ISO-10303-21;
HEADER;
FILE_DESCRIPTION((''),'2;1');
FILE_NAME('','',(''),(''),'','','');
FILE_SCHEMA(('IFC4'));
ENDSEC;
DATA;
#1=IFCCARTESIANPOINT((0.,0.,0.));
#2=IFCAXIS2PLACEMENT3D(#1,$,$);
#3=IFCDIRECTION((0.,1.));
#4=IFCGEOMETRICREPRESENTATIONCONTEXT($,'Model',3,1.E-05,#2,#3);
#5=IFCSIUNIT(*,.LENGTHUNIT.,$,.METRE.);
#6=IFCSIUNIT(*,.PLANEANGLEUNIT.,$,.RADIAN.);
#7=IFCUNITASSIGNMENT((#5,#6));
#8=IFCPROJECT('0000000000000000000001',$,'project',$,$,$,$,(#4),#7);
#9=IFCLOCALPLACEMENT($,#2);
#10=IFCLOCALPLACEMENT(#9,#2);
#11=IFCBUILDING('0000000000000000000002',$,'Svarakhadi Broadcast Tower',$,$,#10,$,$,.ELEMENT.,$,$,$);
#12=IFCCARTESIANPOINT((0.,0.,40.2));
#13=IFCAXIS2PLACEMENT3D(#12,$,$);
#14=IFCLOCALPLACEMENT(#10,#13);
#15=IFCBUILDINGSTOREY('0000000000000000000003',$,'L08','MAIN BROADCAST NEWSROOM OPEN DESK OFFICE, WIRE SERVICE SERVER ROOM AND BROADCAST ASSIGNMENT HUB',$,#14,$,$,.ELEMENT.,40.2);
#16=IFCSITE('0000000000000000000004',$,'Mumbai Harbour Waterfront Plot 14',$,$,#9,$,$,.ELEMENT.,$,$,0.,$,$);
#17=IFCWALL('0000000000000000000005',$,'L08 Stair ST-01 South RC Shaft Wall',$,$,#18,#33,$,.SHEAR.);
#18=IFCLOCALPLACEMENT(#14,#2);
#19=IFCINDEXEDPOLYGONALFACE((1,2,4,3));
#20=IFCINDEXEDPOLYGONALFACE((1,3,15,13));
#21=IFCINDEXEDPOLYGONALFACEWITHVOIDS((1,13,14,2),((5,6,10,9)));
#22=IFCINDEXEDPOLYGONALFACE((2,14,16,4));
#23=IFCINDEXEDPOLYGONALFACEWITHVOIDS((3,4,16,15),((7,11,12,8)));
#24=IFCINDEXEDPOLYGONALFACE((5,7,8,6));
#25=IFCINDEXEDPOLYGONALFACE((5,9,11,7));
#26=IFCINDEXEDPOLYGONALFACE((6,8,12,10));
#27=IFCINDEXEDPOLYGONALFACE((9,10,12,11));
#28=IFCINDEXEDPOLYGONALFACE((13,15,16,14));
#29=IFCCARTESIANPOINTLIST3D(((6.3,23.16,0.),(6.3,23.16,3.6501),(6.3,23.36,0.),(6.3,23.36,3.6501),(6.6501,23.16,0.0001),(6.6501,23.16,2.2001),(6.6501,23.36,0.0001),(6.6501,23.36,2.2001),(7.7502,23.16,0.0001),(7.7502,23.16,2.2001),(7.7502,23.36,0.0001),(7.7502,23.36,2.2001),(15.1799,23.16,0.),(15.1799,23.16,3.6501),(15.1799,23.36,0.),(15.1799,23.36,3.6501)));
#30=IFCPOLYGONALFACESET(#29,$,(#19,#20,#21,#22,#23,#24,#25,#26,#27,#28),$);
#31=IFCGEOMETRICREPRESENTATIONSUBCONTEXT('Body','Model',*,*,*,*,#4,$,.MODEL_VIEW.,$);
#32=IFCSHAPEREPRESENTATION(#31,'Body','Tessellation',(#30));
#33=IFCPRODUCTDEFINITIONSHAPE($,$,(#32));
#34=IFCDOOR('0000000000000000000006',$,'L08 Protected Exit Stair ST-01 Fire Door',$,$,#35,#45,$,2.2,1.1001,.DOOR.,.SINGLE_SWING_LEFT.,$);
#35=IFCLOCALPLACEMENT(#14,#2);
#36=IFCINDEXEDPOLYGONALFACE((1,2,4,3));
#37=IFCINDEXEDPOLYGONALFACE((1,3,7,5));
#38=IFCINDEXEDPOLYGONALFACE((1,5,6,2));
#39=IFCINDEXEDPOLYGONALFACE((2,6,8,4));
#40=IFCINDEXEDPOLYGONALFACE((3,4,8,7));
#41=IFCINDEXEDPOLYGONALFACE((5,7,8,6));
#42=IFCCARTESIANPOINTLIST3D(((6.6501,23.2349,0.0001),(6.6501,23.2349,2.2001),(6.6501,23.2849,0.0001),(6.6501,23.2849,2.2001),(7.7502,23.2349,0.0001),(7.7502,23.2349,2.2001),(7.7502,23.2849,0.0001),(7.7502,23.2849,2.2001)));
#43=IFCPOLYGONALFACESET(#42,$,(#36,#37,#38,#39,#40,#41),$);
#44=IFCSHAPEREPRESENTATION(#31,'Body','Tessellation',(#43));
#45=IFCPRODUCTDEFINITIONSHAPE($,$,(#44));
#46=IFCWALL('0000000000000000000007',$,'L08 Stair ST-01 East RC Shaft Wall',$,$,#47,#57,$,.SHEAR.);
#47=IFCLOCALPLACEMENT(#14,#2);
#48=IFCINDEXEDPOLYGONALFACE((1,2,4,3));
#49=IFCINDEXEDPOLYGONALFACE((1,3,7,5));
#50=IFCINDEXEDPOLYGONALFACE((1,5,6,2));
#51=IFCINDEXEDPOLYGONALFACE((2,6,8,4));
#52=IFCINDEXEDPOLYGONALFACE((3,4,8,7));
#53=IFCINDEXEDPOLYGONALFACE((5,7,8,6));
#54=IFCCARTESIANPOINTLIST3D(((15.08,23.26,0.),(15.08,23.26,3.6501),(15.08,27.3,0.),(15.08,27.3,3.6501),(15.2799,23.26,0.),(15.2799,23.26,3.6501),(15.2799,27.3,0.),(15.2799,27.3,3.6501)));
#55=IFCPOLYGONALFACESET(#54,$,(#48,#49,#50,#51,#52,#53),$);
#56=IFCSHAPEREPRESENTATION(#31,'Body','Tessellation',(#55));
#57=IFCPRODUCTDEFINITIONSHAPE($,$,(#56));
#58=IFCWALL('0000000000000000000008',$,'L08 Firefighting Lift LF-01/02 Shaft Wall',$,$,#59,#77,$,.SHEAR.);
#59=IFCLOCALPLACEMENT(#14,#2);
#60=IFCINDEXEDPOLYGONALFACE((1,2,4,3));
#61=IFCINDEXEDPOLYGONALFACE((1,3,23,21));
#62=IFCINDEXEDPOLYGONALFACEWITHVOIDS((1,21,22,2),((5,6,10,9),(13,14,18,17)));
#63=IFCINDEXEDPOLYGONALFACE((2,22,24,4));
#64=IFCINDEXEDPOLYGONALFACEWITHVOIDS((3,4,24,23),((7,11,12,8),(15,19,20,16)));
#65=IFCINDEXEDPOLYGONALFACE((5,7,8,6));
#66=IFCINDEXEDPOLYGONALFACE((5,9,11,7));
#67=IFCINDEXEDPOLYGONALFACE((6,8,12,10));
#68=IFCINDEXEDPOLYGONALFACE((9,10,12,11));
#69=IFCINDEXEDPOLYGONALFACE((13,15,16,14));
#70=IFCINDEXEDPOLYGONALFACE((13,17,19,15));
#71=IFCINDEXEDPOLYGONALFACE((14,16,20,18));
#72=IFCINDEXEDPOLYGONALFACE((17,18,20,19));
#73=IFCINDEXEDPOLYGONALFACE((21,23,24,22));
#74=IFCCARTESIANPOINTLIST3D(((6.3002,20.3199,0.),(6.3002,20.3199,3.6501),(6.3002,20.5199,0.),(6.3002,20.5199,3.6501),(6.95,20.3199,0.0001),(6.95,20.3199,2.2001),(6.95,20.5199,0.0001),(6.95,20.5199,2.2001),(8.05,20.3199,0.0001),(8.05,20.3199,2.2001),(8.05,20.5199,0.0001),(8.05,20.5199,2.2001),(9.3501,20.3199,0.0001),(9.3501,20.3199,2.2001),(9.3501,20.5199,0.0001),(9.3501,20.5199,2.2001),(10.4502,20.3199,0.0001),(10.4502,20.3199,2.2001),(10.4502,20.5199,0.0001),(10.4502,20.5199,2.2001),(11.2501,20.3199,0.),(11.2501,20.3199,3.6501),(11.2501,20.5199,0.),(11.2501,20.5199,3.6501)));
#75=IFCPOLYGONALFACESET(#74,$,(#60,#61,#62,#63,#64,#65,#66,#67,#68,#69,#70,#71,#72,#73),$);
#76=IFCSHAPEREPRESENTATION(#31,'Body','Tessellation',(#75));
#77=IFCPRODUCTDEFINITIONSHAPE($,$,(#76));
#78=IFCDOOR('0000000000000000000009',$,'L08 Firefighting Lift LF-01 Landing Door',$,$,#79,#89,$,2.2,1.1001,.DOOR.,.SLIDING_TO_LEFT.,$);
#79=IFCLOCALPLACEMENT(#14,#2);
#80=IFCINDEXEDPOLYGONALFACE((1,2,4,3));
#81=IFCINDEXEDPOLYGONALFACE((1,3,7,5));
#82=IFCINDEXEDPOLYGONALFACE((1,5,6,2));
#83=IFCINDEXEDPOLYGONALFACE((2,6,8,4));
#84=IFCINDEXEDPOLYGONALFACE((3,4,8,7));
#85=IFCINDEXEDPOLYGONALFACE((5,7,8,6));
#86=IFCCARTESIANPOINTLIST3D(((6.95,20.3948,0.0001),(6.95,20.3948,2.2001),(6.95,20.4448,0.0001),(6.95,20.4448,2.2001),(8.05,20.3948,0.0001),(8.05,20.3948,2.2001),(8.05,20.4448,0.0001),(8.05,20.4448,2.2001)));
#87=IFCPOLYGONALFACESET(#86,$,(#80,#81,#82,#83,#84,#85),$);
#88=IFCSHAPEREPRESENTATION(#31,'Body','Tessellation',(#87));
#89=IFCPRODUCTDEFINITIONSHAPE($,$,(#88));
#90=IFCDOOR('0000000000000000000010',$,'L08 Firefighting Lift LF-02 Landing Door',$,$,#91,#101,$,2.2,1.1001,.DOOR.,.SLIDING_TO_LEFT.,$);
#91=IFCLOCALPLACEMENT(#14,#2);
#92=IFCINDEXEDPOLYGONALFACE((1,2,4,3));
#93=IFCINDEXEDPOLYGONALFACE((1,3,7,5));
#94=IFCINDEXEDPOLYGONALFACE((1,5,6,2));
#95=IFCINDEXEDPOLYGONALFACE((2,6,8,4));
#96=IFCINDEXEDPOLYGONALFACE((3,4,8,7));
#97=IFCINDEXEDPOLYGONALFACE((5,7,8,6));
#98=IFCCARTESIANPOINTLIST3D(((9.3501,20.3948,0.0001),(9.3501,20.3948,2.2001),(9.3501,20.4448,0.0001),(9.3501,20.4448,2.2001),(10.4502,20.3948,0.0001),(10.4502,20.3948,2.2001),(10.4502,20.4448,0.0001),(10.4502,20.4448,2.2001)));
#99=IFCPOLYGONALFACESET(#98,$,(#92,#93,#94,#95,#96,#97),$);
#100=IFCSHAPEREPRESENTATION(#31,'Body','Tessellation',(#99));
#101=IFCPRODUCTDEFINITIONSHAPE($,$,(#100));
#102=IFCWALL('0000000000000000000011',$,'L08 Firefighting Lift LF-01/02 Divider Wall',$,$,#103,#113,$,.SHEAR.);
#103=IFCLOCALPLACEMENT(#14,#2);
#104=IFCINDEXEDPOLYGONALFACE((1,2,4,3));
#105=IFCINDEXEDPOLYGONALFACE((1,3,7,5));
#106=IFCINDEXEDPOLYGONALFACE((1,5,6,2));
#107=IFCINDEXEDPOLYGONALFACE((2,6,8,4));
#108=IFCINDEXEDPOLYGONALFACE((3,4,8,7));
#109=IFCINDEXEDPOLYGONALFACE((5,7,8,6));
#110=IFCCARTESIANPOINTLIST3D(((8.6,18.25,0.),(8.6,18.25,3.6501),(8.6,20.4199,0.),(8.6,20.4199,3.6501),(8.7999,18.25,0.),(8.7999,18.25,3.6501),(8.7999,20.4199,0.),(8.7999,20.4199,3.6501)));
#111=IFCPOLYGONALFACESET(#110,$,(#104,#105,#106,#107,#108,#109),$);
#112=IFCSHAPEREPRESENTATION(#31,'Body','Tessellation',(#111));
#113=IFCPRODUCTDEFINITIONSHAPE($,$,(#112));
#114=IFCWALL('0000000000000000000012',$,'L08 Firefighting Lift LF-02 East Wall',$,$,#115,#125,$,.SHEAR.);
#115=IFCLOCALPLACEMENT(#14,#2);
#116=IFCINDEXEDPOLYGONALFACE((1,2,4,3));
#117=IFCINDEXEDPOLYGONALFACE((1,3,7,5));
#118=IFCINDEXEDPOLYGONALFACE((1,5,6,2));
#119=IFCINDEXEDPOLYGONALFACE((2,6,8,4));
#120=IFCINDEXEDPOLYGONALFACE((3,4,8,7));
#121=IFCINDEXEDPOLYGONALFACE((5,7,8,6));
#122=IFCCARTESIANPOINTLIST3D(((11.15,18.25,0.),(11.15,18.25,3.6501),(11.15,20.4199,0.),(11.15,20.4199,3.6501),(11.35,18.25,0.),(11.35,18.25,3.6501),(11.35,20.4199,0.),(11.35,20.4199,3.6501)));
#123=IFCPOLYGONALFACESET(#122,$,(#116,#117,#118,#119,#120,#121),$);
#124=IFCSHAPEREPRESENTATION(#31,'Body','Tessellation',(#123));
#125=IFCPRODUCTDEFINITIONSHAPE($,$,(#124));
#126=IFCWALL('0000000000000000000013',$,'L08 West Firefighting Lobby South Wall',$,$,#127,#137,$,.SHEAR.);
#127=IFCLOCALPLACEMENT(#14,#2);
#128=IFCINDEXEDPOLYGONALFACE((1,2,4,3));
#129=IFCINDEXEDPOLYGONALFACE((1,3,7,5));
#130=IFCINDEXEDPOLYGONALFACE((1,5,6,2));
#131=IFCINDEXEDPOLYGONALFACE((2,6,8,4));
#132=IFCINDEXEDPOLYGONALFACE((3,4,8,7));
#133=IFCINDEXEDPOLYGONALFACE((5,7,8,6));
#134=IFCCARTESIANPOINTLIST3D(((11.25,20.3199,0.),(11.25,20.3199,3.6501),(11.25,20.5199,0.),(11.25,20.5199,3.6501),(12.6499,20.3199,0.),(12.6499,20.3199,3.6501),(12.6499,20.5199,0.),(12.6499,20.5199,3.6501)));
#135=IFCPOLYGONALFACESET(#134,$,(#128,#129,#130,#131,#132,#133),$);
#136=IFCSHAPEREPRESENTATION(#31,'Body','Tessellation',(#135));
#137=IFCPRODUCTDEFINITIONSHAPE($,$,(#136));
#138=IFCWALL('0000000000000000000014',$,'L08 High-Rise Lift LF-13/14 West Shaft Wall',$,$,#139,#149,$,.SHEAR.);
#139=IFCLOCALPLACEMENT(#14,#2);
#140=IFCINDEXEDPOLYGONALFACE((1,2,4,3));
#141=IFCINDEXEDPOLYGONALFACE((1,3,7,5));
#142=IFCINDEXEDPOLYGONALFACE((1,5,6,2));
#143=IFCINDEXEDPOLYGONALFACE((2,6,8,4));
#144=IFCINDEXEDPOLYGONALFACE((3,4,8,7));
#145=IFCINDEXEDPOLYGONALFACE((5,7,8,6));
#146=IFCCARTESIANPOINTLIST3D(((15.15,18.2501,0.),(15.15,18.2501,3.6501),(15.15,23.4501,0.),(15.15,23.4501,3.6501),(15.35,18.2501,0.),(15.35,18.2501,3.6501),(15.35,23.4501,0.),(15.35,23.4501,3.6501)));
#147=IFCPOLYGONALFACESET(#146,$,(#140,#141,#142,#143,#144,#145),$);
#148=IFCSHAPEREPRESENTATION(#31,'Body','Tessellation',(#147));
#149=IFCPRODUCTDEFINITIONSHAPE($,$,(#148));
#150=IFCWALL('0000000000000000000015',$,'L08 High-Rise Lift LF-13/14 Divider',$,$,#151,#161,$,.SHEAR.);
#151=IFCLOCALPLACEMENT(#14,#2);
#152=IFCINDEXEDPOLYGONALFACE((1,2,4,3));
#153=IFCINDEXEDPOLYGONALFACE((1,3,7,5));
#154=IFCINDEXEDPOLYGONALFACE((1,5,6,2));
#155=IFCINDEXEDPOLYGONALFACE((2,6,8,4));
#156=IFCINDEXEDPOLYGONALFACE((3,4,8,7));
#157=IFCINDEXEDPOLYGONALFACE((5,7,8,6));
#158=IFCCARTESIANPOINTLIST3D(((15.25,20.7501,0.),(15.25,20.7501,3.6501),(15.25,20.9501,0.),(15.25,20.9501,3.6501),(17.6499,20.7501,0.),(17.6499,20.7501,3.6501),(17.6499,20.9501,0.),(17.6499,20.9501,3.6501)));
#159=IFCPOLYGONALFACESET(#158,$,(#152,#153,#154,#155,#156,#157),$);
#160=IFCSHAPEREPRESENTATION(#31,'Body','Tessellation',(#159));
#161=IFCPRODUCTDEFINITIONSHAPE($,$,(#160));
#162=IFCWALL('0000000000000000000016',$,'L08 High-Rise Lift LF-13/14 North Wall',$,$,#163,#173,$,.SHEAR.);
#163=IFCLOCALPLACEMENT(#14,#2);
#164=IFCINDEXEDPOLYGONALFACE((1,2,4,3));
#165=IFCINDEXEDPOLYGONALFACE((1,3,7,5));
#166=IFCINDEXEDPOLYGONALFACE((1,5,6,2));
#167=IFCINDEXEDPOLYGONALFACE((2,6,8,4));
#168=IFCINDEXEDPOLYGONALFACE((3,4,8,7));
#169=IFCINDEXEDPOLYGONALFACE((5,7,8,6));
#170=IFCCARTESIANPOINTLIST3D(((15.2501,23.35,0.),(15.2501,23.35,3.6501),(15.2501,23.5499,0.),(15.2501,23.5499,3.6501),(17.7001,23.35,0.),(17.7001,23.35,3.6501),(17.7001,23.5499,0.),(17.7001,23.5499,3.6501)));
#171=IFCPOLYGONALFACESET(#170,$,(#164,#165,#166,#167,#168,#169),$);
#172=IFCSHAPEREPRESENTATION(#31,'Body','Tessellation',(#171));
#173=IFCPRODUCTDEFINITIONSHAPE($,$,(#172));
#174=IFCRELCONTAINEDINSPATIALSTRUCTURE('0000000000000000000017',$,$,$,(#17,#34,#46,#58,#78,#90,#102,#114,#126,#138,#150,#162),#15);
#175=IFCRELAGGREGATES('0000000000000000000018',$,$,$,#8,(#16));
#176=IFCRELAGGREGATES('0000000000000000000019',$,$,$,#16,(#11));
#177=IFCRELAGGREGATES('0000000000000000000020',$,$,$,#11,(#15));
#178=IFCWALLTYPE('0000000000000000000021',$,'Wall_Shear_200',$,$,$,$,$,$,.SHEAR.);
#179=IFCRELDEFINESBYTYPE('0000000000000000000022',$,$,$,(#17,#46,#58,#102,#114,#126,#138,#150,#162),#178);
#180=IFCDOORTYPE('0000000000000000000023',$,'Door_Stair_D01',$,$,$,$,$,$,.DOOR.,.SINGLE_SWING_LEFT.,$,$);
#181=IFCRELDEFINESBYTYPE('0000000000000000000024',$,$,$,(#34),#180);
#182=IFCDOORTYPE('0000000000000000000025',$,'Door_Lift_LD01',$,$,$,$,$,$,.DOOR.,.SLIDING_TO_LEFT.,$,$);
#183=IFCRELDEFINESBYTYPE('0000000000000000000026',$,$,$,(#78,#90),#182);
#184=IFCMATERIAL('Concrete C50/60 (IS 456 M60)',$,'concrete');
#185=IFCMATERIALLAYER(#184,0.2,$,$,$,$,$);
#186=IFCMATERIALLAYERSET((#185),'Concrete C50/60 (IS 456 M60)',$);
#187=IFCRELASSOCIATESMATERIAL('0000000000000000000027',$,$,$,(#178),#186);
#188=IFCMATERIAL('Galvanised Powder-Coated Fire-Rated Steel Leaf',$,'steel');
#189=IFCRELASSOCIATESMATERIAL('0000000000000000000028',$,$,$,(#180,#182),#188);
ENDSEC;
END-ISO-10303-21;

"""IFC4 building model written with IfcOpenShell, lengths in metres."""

from ifc_helpers import new_model, si_unit, direction, frame, frame_2d, origin, place, context, subcontext, project, spatial, rectangle, extrude, material, layer, layer_set, type_object, element, fill, save


model = new_model("IFC4")

# Units and contexts
model_context = context("Model", 3, precision=1e-05, world=origin(), true_north=direction((0.0, 1.0)))
body_context = subcontext(model_context, "Body", "Model", "MODEL_VIEW")
ifc_project = project(units=[si_unit("LENGTHUNIT", "METRE"), si_unit("PLANEANGLEUNIT", "RADIAN")], contexts=[model_context])

# Site, building, storey
site_placement = place(None, origin())
site = spatial("IfcSite", under=ifc_project, at=site_placement, Name="Mumbai Harbour Waterfront Plot 14", CompositionType="ELEMENT", RefElevation=0.0)
building_placement = place(site_placement, origin())
building = spatial("IfcBuilding", under=site, at=building_placement, Name="Svarakhadi Broadcast Tower", CompositionType="ELEMENT")
storey_placement = place(building_placement, frame((0.0, 0.0, 40.2)))
storey = spatial("IfcBuildingStorey", under=building, at=storey_placement, Name="L08", Description="MAIN BROADCAST NEWSROOM OPEN DESK OFFICE, WIRE SERVICE SERVER ROOM AND BROADCAST ASSIGNMENT HUB", CompositionType="ELEMENT", Elevation=40.2)

# Shared definitions
ifc_material_1 = material(Name="Concrete C50/60 (IS 456 M60)", Category="concrete")

# Wall, opening, door
ifc_layer = layer(ifc_material_1, 0.2)
ifc_layer_set = layer_set([ifc_layer], Name="Concrete C50/60 (IS 456 M60)")
wall_type = type_object("IfcWallType", Name="Wall_Shear_200", PredefinedType="SHEAR", material=ifc_layer_set)
wall_1_placement = place(storey_placement, frame((6.3, 23.26, 0.0), z_axis=(0.0, 0.0, 1.0), x_axis=(1.0, 0.0, 0.0)))
wall_1 = element("IfcWall", 1, at=wall_1_placement, inside=storey, type_object=wall_type, Name="L08 Stair ST-01 South RC Shaft Wall", PredefinedType="SHEAR", context=body_context, shape_type="SweptSolid", body=[
    extrude(rectangle(XDim=8.8799, YDim=0.2, at=frame_2d((4.4399, 0.0))), origin(), (0.0, 0.0, 1.0), 3.6501),
])
opening_1_placement = place(wall_1_placement, frame((0.3501, 0.0, 0.0)))
opening_1 = element("IfcOpeningElement", 2, at=opening_1_placement, cuts=wall_1, PredefinedType="OPENING", context=body_context, shape_type="SweptSolid", body=[
    extrude(rectangle(XDim=1.1001, YDim=2.2, at=frame_2d((0.55, 1.1001))), frame((0.0, 0.1099, 0.0), z_axis=(0.0, -1.0, 0.0), x_axis=(1.0, 0.0, 0.0)), (0.0, 0.0, 1.0), 0.22),
])
ifc_material_2 = material(Name="Galvanised Powder-Coated Fire-Rated Steel Leaf", Category="steel")
door_type_1 = type_object("IfcDoorType", Name="Door_Stair_D01", OperationType="SINGLE_SWING_LEFT", PredefinedType="DOOR", material=ifc_material_2)
door_1_placement = place(opening_1_placement, origin())
door_1 = element("IfcDoor", 3, at=door_1_placement, inside=storey, type_object=door_type_1, Name="L08 Protected Exit Stair ST-01 Fire Door", OperationType="SINGLE_SWING_LEFT", OverallHeight=2.2, OverallWidth=1.1001, PredefinedType="DOOR", context=body_context, shape_type="SweptSolid", body=[
    extrude(rectangle(XDim=1.1001, YDim=2.2, at=frame_2d((0.55, 1.1001))), frame((0.0, 0.0249, 0.0), z_axis=(0.0, -1.0, 0.0), x_axis=(1.0, 0.0, 0.0)), (0.0, 0.0, 1.0), 0.05),
])
fill(opening_1, door_1)

# Wall
wall_2_placement = place(storey_placement, frame((15.1799, 23.26, 0.0), z_axis=(0.0, 0.0, 1.0), x_axis=(0.0, 1.0, 0.0)))
element("IfcWall", 4, at=wall_2_placement, inside=storey, type_object=wall_type, Name="L08 Stair ST-01 East RC Shaft Wall", PredefinedType="SHEAR", context=body_context, shape_type="SweptSolid", body=[
    extrude(rectangle(XDim=4.04, YDim=0.2, at=frame_2d((2.02, 0.0))), origin(), (0.0, 0.0, 1.0), 3.6501),
])

# Wall, openings, doors
wall_3_placement = place(storey_placement, frame((6.3, 20.4199, 0.0), z_axis=(0.0, 0.0, 1.0), x_axis=(1.0, 0.0, 0.0)))
wall_3 = element("IfcWall", 5, at=wall_3_placement, inside=storey, type_object=wall_type, Name="L08 Firefighting Lift LF-01/02 Shaft Wall", PredefinedType="SHEAR", context=body_context, shape_type="SweptSolid", body=[
    extrude(rectangle(XDim=4.95, YDim=0.2, at=frame_2d((2.4751, 0.0))), origin(), (0.0, 0.0, 1.0), 3.6501),
])
opening_2_placement = place(wall_3_placement, frame((0.6499, 0.0, 0.0)))
opening_2 = element("IfcOpeningElement", 6, at=opening_2_placement, cuts=wall_3, PredefinedType="OPENING", context=body_context, shape_type="SweptSolid", body=[
    extrude(rectangle(XDim=1.1001, YDim=2.2, at=frame_2d((0.55, 1.1001))), frame((0.0, 0.1099, 0.0), z_axis=(0.0, -1.0, 0.0), x_axis=(1.0, 0.0, 0.0)), (0.0, 0.0, 1.0), 0.22),
])
opening_3_placement = place(wall_3_placement, frame((3.05, 0.0, 0.0)))
opening_3 = element("IfcOpeningElement", 7, at=opening_3_placement, cuts=wall_3, PredefinedType="OPENING", context=body_context, shape_type="SweptSolid", body=[
    extrude(rectangle(XDim=1.1001, YDim=2.2, at=frame_2d((0.55, 1.1001))), frame((0.0, 0.1099, 0.0), z_axis=(0.0, -1.0, 0.0), x_axis=(1.0, 0.0, 0.0)), (0.0, 0.0, 1.0), 0.22),
])
door_type_2 = type_object("IfcDoorType", Name="Door_Lift_LD01", OperationType="SLIDING_TO_LEFT", PredefinedType="DOOR", material=ifc_material_2)
door_2_placement = place(opening_2_placement, origin())
door_2 = element("IfcDoor", 8, at=door_2_placement, inside=storey, type_object=door_type_2, Name="L08 Firefighting Lift LF-01 Landing Door", OperationType="SLIDING_TO_LEFT", OverallHeight=2.2, OverallWidth=1.1001, PredefinedType="DOOR", context=body_context, shape_type="SweptSolid", body=[
    extrude(rectangle(XDim=1.1001, YDim=2.2, at=frame_2d((0.55, 1.1001))), frame((0.0, 0.0249, 0.0), z_axis=(0.0, -1.0, 0.0), x_axis=(1.0, 0.0, 0.0)), (0.0, 0.0, 1.0), 0.05),
])
fill(opening_2, door_2)
door_3_placement = place(opening_3_placement, origin())
door_3 = element("IfcDoor", 9, at=door_3_placement, inside=storey, type_object=door_type_2, Name="L08 Firefighting Lift LF-02 Landing Door", OperationType="SLIDING_TO_LEFT", OverallHeight=2.2, OverallWidth=1.1001, PredefinedType="DOOR", context=body_context, shape_type="SweptSolid", body=[
    extrude(rectangle(XDim=1.1001, YDim=2.2, at=frame_2d((0.55, 1.1001))), frame((0.0, 0.0249, 0.0), z_axis=(0.0, -1.0, 0.0), x_axis=(1.0, 0.0, 0.0)), (0.0, 0.0, 1.0), 0.05),
])
fill(opening_3, door_3)

# Walls
for number, where, z_axis, x_axis, name in (
    (10, (8.7, 18.25, 0.0), (0.0, 0.0, 1.0), (0.0, 1.0, 0.0), "L08 Firefighting Lift LF-01/02 Divider Wall"),
    (11, (11.25, 18.25, 0.0), (0.0, 0.0, 1.0), (0.0, 1.0, 0.0), "L08 Firefighting Lift LF-02 East Wall"),
):
    element("IfcWall", number, at=place(storey_placement, frame(where, z_axis=z_axis, x_axis=x_axis)), inside=storey, type_object=wall_type, Name=name, PredefinedType="SHEAR", context=body_context, shape_type="SweptSolid", body=[
        extrude(rectangle(XDim=2.1699, YDim=0.2, at=frame_2d((1.085, 0.0))), origin(), (0.0, 0.0, 1.0), 3.6501),
    ])
wall_4_placement = place(storey_placement, frame((11.25, 20.4199, 0.0), z_axis=(0.0, 0.0, 1.0), x_axis=(1.0, 0.0, 0.0)))
element("IfcWall", 12, at=wall_4_placement, inside=storey, type_object=wall_type, Name="L08 West Firefighting Lobby South Wall", PredefinedType="SHEAR", context=body_context, shape_type="SweptSolid", body=[
    extrude(rectangle(XDim=1.3999, YDim=0.2, at=frame_2d((0.7, 0.0))), origin(), (0.0, 0.0, 1.0), 3.6501),
])

# Walls
wall_5_placement = place(storey_placement, frame((15.25, 18.25, 0.0), z_axis=(0.0, 0.0, 1.0), x_axis=(0.0, 1.0, 0.0)))
element("IfcWall", 13, at=wall_5_placement, inside=storey, type_object=wall_type, Name="L08 High-Rise Lift LF-13/14 West Shaft Wall", PredefinedType="SHEAR", context=body_context, shape_type="SweptSolid", body=[
    extrude(rectangle(XDim=5.2, YDim=0.2, at=frame_2d((2.6001, 0.0))), origin(), (0.0, 0.0, 1.0), 3.6501),
])
wall_6_placement = place(storey_placement, frame((15.25, 20.8501, 0.0), z_axis=(0.0, 0.0, 1.0), x_axis=(1.0, 0.0, 0.0)))
element("IfcWall", 14, at=wall_6_placement, inside=storey, type_object=wall_type, Name="L08 High-Rise Lift LF-13/14 Divider", PredefinedType="SHEAR", context=body_context, shape_type="SweptSolid", body=[
    extrude(rectangle(XDim=2.3999, YDim=0.2, at=frame_2d((1.2, 0.0))), origin(), (0.0, 0.0, 1.0), 3.6501),
])
wall_7_placement = place(storey_placement, frame((15.25, 23.45, 0.0), z_axis=(0.0, 0.0, 1.0), x_axis=(1.0, 0.0, 0.0)))
element("IfcWall", 15, at=wall_7_placement, inside=storey, type_object=wall_type, Name="L08 High-Rise Lift LF-13/14 North Wall", PredefinedType="SHEAR", context=body_context, shape_type="SweptSolid", body=[
    extrude(rectangle(XDim=2.45, YDim=0.2, at=frame_2d((1.2251, 0.0))), origin(), (0.0, 0.0, 1.0), 3.6501),
])

save(model, "model.ifc")
